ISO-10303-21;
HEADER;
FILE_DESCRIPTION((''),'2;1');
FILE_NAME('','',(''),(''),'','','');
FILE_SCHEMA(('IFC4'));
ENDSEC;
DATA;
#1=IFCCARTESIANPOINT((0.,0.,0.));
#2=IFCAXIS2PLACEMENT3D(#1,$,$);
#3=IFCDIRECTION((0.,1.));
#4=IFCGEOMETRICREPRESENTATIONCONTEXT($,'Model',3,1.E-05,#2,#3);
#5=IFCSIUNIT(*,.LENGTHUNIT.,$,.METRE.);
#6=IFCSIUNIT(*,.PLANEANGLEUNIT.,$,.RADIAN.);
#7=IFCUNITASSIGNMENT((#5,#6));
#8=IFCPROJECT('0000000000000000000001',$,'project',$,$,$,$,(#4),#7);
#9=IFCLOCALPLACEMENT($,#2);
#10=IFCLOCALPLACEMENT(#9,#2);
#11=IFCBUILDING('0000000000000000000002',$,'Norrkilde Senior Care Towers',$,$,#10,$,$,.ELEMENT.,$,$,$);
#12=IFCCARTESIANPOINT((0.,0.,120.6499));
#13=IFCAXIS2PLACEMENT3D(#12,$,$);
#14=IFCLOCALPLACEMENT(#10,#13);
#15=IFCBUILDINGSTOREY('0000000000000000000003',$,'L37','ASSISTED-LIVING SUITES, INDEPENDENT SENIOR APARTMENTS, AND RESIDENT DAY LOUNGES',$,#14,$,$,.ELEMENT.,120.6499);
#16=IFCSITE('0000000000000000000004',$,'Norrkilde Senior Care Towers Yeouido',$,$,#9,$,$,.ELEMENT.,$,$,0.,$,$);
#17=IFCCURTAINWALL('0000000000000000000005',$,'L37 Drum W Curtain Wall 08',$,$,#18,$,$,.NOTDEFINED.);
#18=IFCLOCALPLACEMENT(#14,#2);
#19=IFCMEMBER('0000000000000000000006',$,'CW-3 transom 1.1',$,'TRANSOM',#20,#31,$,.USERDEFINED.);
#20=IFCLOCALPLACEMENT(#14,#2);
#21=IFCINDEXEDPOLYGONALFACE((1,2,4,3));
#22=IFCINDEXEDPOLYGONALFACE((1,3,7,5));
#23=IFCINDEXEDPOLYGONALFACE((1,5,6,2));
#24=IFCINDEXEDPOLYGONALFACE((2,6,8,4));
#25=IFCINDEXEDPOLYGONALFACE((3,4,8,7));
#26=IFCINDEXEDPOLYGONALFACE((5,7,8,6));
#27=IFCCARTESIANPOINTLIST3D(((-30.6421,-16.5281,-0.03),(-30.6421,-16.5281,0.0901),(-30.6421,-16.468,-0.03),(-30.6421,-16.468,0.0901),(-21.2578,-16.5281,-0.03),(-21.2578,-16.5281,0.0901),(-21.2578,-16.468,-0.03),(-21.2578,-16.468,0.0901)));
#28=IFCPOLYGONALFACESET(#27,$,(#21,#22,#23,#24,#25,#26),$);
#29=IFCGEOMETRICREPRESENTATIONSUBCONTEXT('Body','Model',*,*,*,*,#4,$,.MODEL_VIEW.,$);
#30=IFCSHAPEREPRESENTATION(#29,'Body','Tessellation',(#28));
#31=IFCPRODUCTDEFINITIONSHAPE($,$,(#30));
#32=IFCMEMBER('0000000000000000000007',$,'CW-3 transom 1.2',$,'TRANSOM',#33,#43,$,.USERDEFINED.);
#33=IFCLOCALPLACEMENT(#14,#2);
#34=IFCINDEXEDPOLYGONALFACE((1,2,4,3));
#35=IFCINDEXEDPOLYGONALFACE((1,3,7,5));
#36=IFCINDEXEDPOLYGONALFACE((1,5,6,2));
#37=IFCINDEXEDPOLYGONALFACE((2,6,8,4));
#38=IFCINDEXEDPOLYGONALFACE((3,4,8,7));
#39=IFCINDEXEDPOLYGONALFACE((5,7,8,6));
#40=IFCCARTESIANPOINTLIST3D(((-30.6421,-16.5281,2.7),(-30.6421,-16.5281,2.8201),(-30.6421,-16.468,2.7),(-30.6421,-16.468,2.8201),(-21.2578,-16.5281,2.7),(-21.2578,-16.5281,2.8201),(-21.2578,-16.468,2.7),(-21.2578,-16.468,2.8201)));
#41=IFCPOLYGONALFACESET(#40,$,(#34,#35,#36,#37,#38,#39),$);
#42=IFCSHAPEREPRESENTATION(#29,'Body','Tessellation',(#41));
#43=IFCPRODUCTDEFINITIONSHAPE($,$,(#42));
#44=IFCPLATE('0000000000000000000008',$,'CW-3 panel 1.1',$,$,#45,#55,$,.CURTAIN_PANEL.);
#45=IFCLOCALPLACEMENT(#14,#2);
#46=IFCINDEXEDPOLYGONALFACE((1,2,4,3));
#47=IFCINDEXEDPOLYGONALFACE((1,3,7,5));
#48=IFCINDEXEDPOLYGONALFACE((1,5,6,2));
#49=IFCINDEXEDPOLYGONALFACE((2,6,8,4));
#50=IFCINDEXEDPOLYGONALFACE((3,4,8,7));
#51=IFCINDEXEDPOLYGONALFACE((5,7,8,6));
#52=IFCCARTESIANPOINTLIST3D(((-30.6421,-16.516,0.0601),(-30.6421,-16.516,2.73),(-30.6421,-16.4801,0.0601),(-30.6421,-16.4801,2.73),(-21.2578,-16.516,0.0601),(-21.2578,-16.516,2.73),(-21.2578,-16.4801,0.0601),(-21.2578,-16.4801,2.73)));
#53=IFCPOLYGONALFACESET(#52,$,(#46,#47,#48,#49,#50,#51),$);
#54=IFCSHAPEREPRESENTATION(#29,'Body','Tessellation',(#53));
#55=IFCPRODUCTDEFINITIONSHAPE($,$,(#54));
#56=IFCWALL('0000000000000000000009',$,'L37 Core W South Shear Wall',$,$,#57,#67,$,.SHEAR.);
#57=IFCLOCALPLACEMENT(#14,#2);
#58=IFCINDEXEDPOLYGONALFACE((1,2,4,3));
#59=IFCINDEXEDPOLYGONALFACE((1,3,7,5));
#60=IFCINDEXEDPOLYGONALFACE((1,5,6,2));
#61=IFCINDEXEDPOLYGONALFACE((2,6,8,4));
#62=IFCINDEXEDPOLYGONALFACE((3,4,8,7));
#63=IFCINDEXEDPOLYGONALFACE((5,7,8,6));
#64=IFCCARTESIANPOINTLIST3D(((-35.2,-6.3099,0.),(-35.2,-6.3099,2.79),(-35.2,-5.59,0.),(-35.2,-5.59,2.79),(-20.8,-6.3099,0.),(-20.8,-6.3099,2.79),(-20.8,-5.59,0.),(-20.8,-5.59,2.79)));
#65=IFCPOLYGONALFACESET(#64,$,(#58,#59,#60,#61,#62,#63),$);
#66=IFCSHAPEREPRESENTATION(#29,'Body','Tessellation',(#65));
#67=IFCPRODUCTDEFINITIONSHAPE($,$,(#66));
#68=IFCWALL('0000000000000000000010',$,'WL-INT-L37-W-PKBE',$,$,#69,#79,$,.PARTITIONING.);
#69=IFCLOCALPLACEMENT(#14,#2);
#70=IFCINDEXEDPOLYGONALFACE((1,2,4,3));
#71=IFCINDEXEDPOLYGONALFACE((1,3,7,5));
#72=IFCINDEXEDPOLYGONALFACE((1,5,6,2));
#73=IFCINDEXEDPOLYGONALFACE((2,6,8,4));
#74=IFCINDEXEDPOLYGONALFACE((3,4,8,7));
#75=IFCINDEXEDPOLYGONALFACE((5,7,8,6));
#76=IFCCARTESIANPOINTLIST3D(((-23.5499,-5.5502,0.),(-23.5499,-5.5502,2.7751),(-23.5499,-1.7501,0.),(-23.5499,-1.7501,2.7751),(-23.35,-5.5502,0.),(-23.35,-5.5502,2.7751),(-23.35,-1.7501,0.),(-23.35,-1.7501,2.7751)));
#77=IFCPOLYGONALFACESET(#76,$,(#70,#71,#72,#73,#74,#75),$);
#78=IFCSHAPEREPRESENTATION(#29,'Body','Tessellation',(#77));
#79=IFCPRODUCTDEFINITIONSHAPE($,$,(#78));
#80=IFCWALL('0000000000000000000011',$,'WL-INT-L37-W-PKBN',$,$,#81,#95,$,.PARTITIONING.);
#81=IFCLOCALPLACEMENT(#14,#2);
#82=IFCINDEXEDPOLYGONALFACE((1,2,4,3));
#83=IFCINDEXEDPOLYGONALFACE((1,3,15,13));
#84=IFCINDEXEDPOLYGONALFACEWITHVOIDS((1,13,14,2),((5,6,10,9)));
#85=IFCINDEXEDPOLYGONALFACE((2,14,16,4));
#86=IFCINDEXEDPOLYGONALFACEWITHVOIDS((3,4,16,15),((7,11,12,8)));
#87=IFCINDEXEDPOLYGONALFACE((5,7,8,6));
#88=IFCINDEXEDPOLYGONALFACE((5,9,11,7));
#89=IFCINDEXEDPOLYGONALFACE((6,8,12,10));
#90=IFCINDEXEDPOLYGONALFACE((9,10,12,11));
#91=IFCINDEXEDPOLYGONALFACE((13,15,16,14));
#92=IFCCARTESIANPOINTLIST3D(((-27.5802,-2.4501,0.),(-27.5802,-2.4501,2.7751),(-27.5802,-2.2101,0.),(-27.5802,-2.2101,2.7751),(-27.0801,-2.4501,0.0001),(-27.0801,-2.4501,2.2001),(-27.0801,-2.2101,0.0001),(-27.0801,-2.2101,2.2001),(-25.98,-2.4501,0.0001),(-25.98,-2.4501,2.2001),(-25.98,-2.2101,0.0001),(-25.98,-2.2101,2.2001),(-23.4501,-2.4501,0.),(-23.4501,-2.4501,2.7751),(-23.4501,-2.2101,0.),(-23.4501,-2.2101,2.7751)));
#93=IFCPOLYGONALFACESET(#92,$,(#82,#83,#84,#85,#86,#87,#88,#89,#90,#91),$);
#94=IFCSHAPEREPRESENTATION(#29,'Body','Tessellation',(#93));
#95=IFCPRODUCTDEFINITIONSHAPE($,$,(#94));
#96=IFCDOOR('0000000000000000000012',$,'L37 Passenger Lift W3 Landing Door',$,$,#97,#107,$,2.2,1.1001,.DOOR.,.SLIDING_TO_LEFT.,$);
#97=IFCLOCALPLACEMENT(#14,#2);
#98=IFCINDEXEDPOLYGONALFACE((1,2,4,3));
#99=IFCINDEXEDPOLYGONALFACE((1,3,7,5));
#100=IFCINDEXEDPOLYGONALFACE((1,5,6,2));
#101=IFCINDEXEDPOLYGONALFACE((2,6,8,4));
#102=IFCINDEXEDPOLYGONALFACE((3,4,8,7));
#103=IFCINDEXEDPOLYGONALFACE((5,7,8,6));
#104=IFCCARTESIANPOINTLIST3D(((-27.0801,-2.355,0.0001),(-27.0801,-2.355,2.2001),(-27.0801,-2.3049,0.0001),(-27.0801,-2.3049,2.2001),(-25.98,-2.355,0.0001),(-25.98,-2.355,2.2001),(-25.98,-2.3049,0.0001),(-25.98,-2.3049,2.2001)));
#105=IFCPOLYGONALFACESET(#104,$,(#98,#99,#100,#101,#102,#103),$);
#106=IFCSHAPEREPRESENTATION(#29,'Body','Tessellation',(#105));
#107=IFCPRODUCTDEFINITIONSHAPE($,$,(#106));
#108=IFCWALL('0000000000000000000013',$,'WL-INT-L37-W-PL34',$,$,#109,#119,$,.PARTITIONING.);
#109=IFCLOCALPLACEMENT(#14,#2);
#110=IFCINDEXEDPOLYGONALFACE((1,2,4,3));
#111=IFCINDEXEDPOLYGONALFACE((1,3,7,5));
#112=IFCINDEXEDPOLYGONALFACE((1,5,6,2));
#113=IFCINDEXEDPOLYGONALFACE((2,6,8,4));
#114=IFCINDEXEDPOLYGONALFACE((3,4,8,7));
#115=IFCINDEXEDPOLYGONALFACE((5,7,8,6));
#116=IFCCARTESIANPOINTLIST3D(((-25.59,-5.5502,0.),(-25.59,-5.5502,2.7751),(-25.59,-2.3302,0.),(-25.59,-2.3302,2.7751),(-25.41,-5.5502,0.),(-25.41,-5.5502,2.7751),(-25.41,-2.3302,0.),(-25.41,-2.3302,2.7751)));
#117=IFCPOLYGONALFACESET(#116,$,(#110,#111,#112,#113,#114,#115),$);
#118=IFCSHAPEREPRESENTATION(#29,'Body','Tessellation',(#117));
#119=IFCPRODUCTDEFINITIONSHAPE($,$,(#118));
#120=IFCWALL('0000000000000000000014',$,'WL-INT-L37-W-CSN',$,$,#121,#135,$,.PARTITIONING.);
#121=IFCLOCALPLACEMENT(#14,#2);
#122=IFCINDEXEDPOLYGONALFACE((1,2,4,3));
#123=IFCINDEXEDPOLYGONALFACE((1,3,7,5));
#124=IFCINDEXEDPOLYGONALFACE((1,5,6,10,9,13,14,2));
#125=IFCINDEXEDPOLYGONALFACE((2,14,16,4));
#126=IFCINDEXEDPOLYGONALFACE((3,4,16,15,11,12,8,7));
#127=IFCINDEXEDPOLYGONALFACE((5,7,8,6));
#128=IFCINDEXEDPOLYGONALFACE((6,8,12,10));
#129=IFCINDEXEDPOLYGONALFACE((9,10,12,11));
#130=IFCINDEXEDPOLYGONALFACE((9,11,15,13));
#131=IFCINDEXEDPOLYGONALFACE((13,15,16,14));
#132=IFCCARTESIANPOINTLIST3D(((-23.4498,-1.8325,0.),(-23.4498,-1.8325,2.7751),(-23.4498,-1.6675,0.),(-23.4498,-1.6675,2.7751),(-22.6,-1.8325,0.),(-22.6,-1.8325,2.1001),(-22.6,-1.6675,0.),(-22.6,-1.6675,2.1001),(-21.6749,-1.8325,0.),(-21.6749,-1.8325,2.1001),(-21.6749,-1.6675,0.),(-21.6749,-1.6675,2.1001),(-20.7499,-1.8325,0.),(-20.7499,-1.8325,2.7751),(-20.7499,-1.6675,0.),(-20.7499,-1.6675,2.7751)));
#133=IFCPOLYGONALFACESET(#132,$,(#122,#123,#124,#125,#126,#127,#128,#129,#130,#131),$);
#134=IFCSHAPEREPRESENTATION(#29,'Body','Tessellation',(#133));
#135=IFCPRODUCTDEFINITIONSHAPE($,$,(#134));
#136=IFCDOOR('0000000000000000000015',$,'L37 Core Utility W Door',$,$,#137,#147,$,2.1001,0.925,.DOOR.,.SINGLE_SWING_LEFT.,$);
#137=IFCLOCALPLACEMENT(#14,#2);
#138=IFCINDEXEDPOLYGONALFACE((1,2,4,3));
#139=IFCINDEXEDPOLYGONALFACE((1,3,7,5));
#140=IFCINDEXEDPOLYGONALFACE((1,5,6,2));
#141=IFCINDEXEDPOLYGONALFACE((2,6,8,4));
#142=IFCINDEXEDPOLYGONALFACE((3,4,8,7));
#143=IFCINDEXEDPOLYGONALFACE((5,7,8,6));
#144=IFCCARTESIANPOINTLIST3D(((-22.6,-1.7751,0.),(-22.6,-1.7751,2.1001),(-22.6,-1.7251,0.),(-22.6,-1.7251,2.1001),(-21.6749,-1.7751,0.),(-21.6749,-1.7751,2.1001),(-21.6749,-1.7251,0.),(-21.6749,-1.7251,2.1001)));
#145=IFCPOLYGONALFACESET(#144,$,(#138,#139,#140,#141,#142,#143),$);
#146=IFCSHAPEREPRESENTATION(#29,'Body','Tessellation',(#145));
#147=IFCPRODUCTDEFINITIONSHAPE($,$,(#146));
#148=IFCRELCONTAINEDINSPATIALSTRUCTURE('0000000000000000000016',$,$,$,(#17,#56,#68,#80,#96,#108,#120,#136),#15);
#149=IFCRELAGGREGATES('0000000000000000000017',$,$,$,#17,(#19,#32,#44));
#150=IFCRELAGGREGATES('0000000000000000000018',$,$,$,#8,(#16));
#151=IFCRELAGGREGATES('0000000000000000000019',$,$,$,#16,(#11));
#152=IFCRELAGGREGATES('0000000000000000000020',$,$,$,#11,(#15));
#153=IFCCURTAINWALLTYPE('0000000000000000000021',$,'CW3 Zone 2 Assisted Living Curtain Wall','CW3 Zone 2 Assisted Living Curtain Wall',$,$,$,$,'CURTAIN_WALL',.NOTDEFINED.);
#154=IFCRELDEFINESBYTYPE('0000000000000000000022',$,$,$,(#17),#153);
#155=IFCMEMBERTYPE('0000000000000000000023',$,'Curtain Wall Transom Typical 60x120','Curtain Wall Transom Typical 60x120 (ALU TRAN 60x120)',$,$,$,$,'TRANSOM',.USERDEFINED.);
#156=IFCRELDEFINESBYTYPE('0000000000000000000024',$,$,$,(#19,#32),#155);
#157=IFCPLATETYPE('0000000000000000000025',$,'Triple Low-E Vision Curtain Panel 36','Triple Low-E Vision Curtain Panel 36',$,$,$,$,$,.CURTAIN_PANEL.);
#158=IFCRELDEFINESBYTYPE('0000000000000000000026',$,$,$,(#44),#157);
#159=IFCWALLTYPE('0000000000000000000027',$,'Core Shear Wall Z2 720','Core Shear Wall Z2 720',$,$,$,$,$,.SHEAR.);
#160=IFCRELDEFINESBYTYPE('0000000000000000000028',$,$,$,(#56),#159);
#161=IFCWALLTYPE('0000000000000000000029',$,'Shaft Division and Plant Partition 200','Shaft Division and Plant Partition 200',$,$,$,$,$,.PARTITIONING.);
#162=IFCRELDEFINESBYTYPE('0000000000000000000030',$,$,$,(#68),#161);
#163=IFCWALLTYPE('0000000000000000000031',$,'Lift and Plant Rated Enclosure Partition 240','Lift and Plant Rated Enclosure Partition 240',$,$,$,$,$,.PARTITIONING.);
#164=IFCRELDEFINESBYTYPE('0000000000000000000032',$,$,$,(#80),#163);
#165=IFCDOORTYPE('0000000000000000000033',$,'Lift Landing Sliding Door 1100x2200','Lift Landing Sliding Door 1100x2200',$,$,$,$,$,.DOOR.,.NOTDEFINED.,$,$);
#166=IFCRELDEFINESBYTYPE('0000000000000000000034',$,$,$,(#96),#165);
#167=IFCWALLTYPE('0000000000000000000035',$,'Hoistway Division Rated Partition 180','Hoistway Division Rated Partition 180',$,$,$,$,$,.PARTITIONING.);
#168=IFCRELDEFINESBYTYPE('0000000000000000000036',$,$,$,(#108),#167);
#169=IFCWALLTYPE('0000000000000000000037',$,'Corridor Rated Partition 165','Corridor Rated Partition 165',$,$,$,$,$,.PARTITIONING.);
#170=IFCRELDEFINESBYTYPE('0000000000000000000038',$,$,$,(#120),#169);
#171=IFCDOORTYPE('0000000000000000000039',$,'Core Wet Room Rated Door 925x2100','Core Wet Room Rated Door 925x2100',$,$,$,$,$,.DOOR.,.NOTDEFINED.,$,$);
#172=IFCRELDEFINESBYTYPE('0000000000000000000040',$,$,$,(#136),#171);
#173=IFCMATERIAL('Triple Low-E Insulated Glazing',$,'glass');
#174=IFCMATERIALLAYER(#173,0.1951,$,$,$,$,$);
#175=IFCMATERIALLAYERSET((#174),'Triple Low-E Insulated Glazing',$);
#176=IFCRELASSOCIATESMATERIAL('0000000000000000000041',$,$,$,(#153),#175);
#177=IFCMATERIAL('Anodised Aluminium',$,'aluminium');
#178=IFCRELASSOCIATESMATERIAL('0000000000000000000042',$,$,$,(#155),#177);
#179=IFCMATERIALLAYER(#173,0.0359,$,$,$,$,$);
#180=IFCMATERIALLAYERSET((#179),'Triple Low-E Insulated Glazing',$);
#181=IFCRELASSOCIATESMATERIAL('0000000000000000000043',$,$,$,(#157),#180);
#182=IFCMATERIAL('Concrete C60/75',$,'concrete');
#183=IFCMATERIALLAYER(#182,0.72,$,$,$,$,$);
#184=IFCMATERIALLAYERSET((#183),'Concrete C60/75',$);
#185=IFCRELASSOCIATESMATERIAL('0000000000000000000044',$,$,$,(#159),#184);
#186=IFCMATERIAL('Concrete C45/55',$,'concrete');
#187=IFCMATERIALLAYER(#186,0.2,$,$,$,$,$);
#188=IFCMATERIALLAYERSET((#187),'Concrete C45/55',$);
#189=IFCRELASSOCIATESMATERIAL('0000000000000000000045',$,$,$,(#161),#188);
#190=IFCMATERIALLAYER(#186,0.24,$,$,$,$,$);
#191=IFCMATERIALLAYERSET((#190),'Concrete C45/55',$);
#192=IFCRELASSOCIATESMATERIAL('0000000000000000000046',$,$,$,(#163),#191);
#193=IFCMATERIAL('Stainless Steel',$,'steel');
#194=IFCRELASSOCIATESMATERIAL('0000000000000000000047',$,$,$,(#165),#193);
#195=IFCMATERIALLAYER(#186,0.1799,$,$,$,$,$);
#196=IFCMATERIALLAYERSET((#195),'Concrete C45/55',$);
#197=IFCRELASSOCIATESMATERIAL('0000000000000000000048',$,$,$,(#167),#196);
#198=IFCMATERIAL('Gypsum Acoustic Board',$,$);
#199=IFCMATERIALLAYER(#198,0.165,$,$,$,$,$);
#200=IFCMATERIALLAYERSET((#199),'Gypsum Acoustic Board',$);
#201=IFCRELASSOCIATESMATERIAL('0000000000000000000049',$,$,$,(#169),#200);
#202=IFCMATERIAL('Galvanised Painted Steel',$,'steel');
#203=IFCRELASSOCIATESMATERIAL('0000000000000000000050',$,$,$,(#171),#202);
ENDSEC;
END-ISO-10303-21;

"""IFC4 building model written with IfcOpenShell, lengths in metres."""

from ifc_helpers import new_model, si_unit, direction, frame, frame_2d, origin, origin_2d, place, context, subcontext, project, spatial, rectangle, extrude, source, transform, mapped, material, layer, layer_set, material_profile, profile_set, type_object, type_shapes, element, fill, aggregate, save


model = new_model("IFC4")

# Units and contexts
model_context = context("Model", 3, precision=1e-05, world=origin(), true_north=direction((0.0, 1.0)))
body_context = subcontext(model_context, "Body", "Model", "MODEL_VIEW")
ifc_project = project(units=[si_unit("LENGTHUNIT", "METRE"), si_unit("PLANEANGLEUNIT", "RADIAN")], contexts=[model_context])

# Site, building, storey
site_placement = place(None, origin())
site = spatial("IfcSite", under=ifc_project, at=site_placement, Name="Norrkilde Senior Care Towers Yeouido", CompositionType="ELEMENT", RefElevation=0.0)
building_placement = place(site_placement, origin())
building = spatial("IfcBuilding", under=site, at=building_placement, Name="Norrkilde Senior Care Towers", CompositionType="ELEMENT")
storey_placement = place(building_placement, frame((0.0, 0.0, 120.6499)))
storey = spatial("IfcBuildingStorey", under=building, at=storey_placement, Name="L37", Description="ASSISTED-LIVING SUITES, INDEPENDENT SENIOR APARTMENTS, AND RESIDENT DAY LOUNGES", CompositionType="ELEMENT", Elevation=120.6499)

# Shared definitions
ifc_material_1 = material(Name="Concrete C60/75", Category="concrete")

# Curtain wall
ifc_material_2 = material(Name="Triple Low-E Insulated Glazing", Category="glass")
ifc_layer_1 = layer(ifc_material_2, 0.1951)
ifc_layer_set_1 = layer_set([ifc_layer_1], Name="Triple Low-E Insulated Glazing")
curtain_wall_type = type_object("IfcCurtainWallType", Name="CW3 Zone 2 Assisted Living Curtain Wall", Description="CW3 Zone 2 Assisted Living Curtain Wall", ElementType="CURTAIN_WALL", PredefinedType="NOTDEFINED", material=ifc_layer_set_1)
curtain_wall_1_placement = place(storey_placement, origin())
curtain_wall_1 = element("IfcCurtainWall", 1, at=curtain_wall_1_placement, inside=storey, type_object=curtain_wall_type, Name="L37 Drum W Curtain Wall 08", PredefinedType="NOTDEFINED")
ifc_material_3 = material(Name="Anodised Aluminium", Category="aluminium")

# Members
ifc_material_profile_1 = material_profile(ifc_material_3, rectangle(XDim=0.0601, YDim=0.1201, at=origin_2d()), Name="ALU TRAN 60x120")
ifc_profile_set_1 = profile_set([ifc_material_profile_1], Name="Anodised Aluminium")
member_type_1 = type_object("IfcMemberType", Name="Curtain Wall Transom Typical 60x120", Description="Curtain Wall Transom Typical 60x120 (ALU TRAN 60x120)", ElementType="TRANSOM", PredefinedType="USERDEFINED", material=ifc_profile_set_1)
shared_shape_1 = source(origin(), body_context, "Body", "SweptSolid", [
    extrude(rectangle(XDim=0.0601, YDim=0.1201, at=origin_2d()), origin(), (0.0, 0.0, 1.0), 9.3843),
])
type_shapes(member_type_1, [shared_shape_1])
member_1_placement = place(storey_placement, frame((-21.2578, -16.498, 0.03), z_axis=(-1.0, 0.0, 0.0), x_axis=(0.0, -1.0, 0.0)))
member_1 = element("IfcMember", 2, at=member_1_placement, type_object=member_type_1, Name="CW-3 transom 1.1", ObjectType="TRANSOM", PredefinedType="USERDEFINED", context=body_context, shape_type="MappedRepresentation", body=[
    mapped(shared_shape_1, transform((0.0, 0.0, 0.0), x_axis=(1.0, 0.0, 0.0), y_axis=(0.0, 1.0, 0.0), z_axis=(0.0, 0.0, 1.0), scale=1.0)),
])
member_2_placement = place(storey_placement, frame((-21.2578, -16.498, 2.76), z_axis=(-1.0, 0.0, 0.0), x_axis=(0.0, -1.0, 0.0)))
member_2 = element("IfcMember", 3, at=member_2_placement, type_object=member_type_1, Name="CW-3 transom 1.2", ObjectType="TRANSOM", PredefinedType="USERDEFINED", context=body_context, shape_type="MappedRepresentation", body=[
    mapped(shared_shape_1, transform((0.0, 0.0, 0.0), x_axis=(1.0, 0.0, 0.0), y_axis=(0.0, 1.0, 0.0), z_axis=(0.0, 0.0, 1.0), scale=1.0)),
])

# Plate
ifc_layer_2 = layer(ifc_material_2, 0.0359)
ifc_layer_set_2 = layer_set([ifc_layer_2], Name="Triple Low-E Insulated Glazing")
plate_type = type_object("IfcPlateType", Name="Triple Low-E Vision Curtain Panel 36", Description="Triple Low-E Vision Curtain Panel 36", PredefinedType="CURTAIN_PANEL", material=ifc_layer_set_2)
shared_shape_2 = source(origin(), body_context, "Body", "SweptSolid", [
    extrude(rectangle(XDim=9.3843, YDim=0.0359, at=origin_2d()), origin(), (0.0, 0.0, 1.0), 2.6699),
])
type_shapes(plate_type, [shared_shape_2])
plate_placement = place(storey_placement, frame((-25.95, -16.498, 0.0601), z_axis=(0.0, 0.0, 1.0), x_axis=(-1.0, 0.0, 0.0)))
plate = element("IfcPlate", 4, at=plate_placement, type_object=plate_type, Name="CW-3 panel 1.1", PredefinedType="CURTAIN_PANEL", context=body_context, shape_type="MappedRepresentation", body=[
    mapped(shared_shape_2, transform((0.0, 0.0, 0.0), x_axis=(1.0, 0.0, 0.0), y_axis=(0.0, 1.0, 0.0), z_axis=(0.0, 0.0, 1.0), scale=1.0)),
])
aggregate(curtain_wall_1, [member_1, member_2, plate])

# Walls
ifc_layer_3 = layer(ifc_material_1, 0.72)
ifc_layer_set_3 = layer_set([ifc_layer_3], Name="Concrete C60/75")
wall_type_1 = type_object("IfcWallType", Name="Core Shear Wall Z2 720", Description="Core Shear Wall Z2 720", PredefinedType="SHEAR", material=ifc_layer_set_3)
shared_shape_3 = source(origin(), body_context, "Body", "SweptSolid", [
    extrude(rectangle(XDim=14.3999, YDim=0.72, at=frame_2d((7.2, 0.0))), origin(), (0.0, 0.0, 1.0), 2.79),
])
type_shapes(wall_type_1, [shared_shape_3])
wall_1_placement = place(storey_placement, frame((-20.8, -5.95, 0.0), z_axis=(0.0, 0.0, 1.0), x_axis=(-1.0, 0.0, 0.0)))
element("IfcWall", 5, at=wall_1_placement, inside=storey, type_object=wall_type_1, Name="L37 Core W South Shear Wall", PredefinedType="SHEAR", context=body_context, shape_type="MappedRepresentation", body=[
    mapped(shared_shape_3, transform((0.0, 0.0, 0.0), x_axis=(1.0, 0.0, 0.0), y_axis=(0.0, 1.0, 0.0), z_axis=(0.0, 0.0, 1.0), scale=1.0)),
])
ifc_material_4 = material(Name="Concrete C45/55", Category="concrete")
ifc_layer_4 = layer(ifc_material_4, 0.2)
ifc_layer_set_4 = layer_set([ifc_layer_4], Name="Concrete C45/55")
wall_type_2 = type_object("IfcWallType", Name="Shaft Division and Plant Partition 200", Description="Shaft Division and Plant Partition 200", PredefinedType="PARTITIONING", material=ifc_layer_set_4)
shared_shape_4 = source(origin(), body_context, "Body", "SweptSolid", [
    extrude(rectangle(XDim=3.8, YDim=0.2, at=frame_2d((1.8999, 0.0))), origin(), (0.0, 0.0, 1.0), 2.7751),
])
type_shapes(wall_type_2, [shared_shape_4])
wall_2_placement = place(storey_placement, frame((-23.45, -5.55, 0.0), z_axis=(0.0, 0.0, 1.0), x_axis=(0.0, 1.0, 0.0)))
element("IfcWall", 6, at=wall_2_placement, inside=storey, type_object=wall_type_2, Name="WL-INT-L37-W-PKBE", PredefinedType="PARTITIONING", context=body_context, shape_type="MappedRepresentation", body=[
    mapped(shared_shape_4, transform((0.0, 0.0, 0.0), x_axis=(1.0, 0.0, 0.0), y_axis=(0.0, 1.0, 0.0), z_axis=(0.0, 0.0, 1.0), scale=1.0)),
])

# Wall, opening, door
ifc_layer_5 = layer(ifc_material_4, 0.24)
ifc_layer_set_5 = layer_set([ifc_layer_5], Name="Concrete C45/55")
wall_type_3 = type_object("IfcWallType", Name="Lift and Plant Rated Enclosure Partition 240", Description="Lift and Plant Rated Enclosure Partition 240", PredefinedType="PARTITIONING", material=ifc_layer_set_5)
shared_shape_5 = source(origin(), body_context, "Body", "SweptSolid", [
    extrude(rectangle(XDim=4.1301, YDim=0.24, at=frame_2d((2.0649, 0.0))), origin(), (0.0, 0.0, 1.0), 2.7751),
])
type_shapes(wall_type_3, [shared_shape_5])
wall_3_placement = place(storey_placement, frame((-27.5801, -2.3301, 0.0), z_axis=(0.0, 0.0, 1.0), x_axis=(1.0, 0.0, 0.0)))
wall_3 = element("IfcWall", 7, at=wall_3_placement, inside=storey, type_object=wall_type_3, Name="WL-INT-L37-W-PKBN", PredefinedType="PARTITIONING", context=body_context, shape_type="MappedRepresentation", body=[
    mapped(shared_shape_5, transform((0.0, 0.0, 0.0), x_axis=(1.0, 0.0, 0.0), y_axis=(0.0, 1.0, 0.0), z_axis=(0.0, 0.0, 1.0), scale=1.0)),
])
opening_1_placement = place(wall_3_placement, frame((0.5, 0.0, 0.0)))
opening_1 = element("IfcOpeningElement", 8, at=opening_1_placement, cuts=wall_3, PredefinedType="OPENING", context=body_context, shape_type="SweptSolid", body=[
    extrude(rectangle(XDim=1.1001, YDim=2.2, at=frame_2d((0.55, 1.1001))), frame((0.0, 0.1299, 0.0), z_axis=(0.0, -1.0, 0.0), x_axis=(1.0, 0.0, 0.0)), (0.0, 0.0, 1.0), 0.26),
])
ifc_material_5 = material(Name="Stainless Steel", Category="steel")
door_type_1 = type_object("IfcDoorType", Name="Lift Landing Sliding Door 1100x2200", Description="Lift Landing Sliding Door 1100x2200", OperationType="NOTDEFINED", PredefinedType="DOOR", material=ifc_material_5)
shared_shape_6 = source(origin(), body_context, "Body", "SweptSolid", [
    extrude(rectangle(XDim=1.1001, YDim=2.2, at=frame_2d((0.55, 1.1001))), frame((0.0, 0.0249, 0.0), z_axis=(0.0, -1.0, 0.0), x_axis=(1.0, 0.0, 0.0)), (0.0, 0.0, 1.0), 0.05),
])
type_shapes(door_type_1, [shared_shape_6])
door_1_placement = place(opening_1_placement, frame((1.1001, 0.0, 0.0), z_axis=(0.0, 0.0, 1.0), x_axis=(-1.0, 0.0, 0.0)))
door_1 = element("IfcDoor", 9, at=door_1_placement, inside=storey, type_object=door_type_1, Name="L37 Passenger Lift W3 Landing Door", OperationType="SLIDING_TO_LEFT", OverallHeight=2.2, OverallWidth=1.1001, PredefinedType="DOOR", context=body_context, shape_type="MappedRepresentation", body=[
    mapped(shared_shape_6, transform((0.0, 0.0, 0.0), x_axis=(1.0, 0.0, 0.0), y_axis=(0.0, 1.0, 0.0), z_axis=(0.0, 0.0, 1.0), scale=1.0)),
])
fill(opening_1, door_1)

# Wall
ifc_layer_6 = layer(ifc_material_4, 0.1799)
ifc_layer_set_6 = layer_set([ifc_layer_6], Name="Concrete C45/55")
wall_type_4 = type_object("IfcWallType", Name="Hoistway Division Rated Partition 180", Description="Hoistway Division Rated Partition 180", PredefinedType="PARTITIONING", material=ifc_layer_set_6)
shared_shape_7 = source(origin(), body_context, "Body", "SweptSolid", [
    extrude(rectangle(XDim=3.22, YDim=0.1799, at=frame_2d((1.6099, 0.0))), origin(), (0.0, 0.0, 1.0), 2.7751),
])
type_shapes(wall_type_4, [shared_shape_7])
wall_4_placement = place(storey_placement, frame((-25.5, -5.55, 0.0), z_axis=(0.0, 0.0, 1.0), x_axis=(0.0, 1.0, 0.0)))
element("IfcWall", 10, at=wall_4_placement, inside=storey, type_object=wall_type_4, Name="WL-INT-L37-W-PL34", PredefinedType="PARTITIONING", context=body_context, shape_type="MappedRepresentation", body=[
    mapped(shared_shape_7, transform((0.0, 0.0, 0.0), x_axis=(1.0, 0.0, 0.0), y_axis=(0.0, 1.0, 0.0), z_axis=(0.0, 0.0, 1.0), scale=1.0)),
])

# Wall, opening, door
ifc_material_6 = material(Name="Gypsum Acoustic Board")
ifc_layer_7 = layer(ifc_material_6, 0.165)
ifc_layer_set_7 = layer_set([ifc_layer_7], Name="Gypsum Acoustic Board")
wall_type_5 = type_object("IfcWallType", Name="Corridor Rated Partition 165", Description="Corridor Rated Partition 165", PredefinedType="PARTITIONING", material=ifc_layer_set_7)
shared_shape_8 = source(origin(), body_context, "Body", "SweptSolid", [
    extrude(rectangle(XDim=2.7, YDim=0.165, at=frame_2d((1.3501, 0.0))), origin(), (0.0, 0.0, 1.0), 2.7751),
])
wall_5_placement = place(storey_placement, frame((-23.45, -1.75, 0.0), z_axis=(0.0, 0.0, 1.0), x_axis=(1.0, 0.0, 0.0)))
wall_5 = element("IfcWall", 11, at=wall_5_placement, inside=storey, type_object=wall_type_5, Name="WL-INT-L37-W-CSN", PredefinedType="PARTITIONING", context=body_context, shape_type="MappedRepresentation", body=[
    mapped(shared_shape_8, transform((0.0, 0.0, 0.0), x_axis=(1.0, 0.0, 0.0), y_axis=(0.0, 1.0, 0.0), z_axis=(0.0, 0.0, 1.0), scale=1.0)),
])
opening_2_placement = place(wall_5_placement, frame((0.8501, 0.0, 0.0)))
opening_2 = element("IfcOpeningElement", 12, at=opening_2_placement, cuts=wall_5, PredefinedType="OPENING", context=body_context, shape_type="SweptSolid", body=[
    extrude(rectangle(XDim=0.925, YDim=2.1001, at=frame_2d((0.4624, 1.05))), frame((0.0, 0.0925, 0.0), z_axis=(0.0, -1.0, 0.0), x_axis=(1.0, 0.0, 0.0)), (0.0, 0.0, 1.0), 0.1851),
])
ifc_material_7 = material(Name="Galvanised Painted Steel", Category="steel")
door_type_2 = type_object("IfcDoorType", Name="Core Wet Room Rated Door 925x2100", Description="Core Wet Room Rated Door 925x2100", OperationType="NOTDEFINED", PredefinedType="DOOR", material=ifc_material_7)
shared_shape_9 = source(origin(), body_context, "Body", "SweptSolid", [
    extrude(rectangle(XDim=0.925, YDim=2.1001, at=frame_2d((0.4624, 1.05))), frame((0.0, 0.0249, 0.0), z_axis=(0.0, -1.0, 0.0), x_axis=(1.0, 0.0, 0.0)), (0.0, 0.0, 1.0), 0.05),
])
type_shapes(door_type_2, [shared_shape_9])
door_2_placement = place(opening_2_placement, origin())
door_2 = element("IfcDoor", 13, at=door_2_placement, inside=storey, type_object=door_type_2, Name="L37 Core Utility W Door", OperationType="SINGLE_SWING_LEFT", OverallHeight=2.1001, OverallWidth=0.925, PredefinedType="DOOR", context=body_context, shape_type="MappedRepresentation", body=[
    mapped(shared_shape_9, transform((0.0, 0.0, 0.0), x_axis=(1.0, 0.0, 0.0), y_axis=(0.0, 1.0, 0.0), z_axis=(0.0, 0.0, 1.0), scale=1.0)),
])
fill(opening_2, door_2)

save(model, "model.ifc")
